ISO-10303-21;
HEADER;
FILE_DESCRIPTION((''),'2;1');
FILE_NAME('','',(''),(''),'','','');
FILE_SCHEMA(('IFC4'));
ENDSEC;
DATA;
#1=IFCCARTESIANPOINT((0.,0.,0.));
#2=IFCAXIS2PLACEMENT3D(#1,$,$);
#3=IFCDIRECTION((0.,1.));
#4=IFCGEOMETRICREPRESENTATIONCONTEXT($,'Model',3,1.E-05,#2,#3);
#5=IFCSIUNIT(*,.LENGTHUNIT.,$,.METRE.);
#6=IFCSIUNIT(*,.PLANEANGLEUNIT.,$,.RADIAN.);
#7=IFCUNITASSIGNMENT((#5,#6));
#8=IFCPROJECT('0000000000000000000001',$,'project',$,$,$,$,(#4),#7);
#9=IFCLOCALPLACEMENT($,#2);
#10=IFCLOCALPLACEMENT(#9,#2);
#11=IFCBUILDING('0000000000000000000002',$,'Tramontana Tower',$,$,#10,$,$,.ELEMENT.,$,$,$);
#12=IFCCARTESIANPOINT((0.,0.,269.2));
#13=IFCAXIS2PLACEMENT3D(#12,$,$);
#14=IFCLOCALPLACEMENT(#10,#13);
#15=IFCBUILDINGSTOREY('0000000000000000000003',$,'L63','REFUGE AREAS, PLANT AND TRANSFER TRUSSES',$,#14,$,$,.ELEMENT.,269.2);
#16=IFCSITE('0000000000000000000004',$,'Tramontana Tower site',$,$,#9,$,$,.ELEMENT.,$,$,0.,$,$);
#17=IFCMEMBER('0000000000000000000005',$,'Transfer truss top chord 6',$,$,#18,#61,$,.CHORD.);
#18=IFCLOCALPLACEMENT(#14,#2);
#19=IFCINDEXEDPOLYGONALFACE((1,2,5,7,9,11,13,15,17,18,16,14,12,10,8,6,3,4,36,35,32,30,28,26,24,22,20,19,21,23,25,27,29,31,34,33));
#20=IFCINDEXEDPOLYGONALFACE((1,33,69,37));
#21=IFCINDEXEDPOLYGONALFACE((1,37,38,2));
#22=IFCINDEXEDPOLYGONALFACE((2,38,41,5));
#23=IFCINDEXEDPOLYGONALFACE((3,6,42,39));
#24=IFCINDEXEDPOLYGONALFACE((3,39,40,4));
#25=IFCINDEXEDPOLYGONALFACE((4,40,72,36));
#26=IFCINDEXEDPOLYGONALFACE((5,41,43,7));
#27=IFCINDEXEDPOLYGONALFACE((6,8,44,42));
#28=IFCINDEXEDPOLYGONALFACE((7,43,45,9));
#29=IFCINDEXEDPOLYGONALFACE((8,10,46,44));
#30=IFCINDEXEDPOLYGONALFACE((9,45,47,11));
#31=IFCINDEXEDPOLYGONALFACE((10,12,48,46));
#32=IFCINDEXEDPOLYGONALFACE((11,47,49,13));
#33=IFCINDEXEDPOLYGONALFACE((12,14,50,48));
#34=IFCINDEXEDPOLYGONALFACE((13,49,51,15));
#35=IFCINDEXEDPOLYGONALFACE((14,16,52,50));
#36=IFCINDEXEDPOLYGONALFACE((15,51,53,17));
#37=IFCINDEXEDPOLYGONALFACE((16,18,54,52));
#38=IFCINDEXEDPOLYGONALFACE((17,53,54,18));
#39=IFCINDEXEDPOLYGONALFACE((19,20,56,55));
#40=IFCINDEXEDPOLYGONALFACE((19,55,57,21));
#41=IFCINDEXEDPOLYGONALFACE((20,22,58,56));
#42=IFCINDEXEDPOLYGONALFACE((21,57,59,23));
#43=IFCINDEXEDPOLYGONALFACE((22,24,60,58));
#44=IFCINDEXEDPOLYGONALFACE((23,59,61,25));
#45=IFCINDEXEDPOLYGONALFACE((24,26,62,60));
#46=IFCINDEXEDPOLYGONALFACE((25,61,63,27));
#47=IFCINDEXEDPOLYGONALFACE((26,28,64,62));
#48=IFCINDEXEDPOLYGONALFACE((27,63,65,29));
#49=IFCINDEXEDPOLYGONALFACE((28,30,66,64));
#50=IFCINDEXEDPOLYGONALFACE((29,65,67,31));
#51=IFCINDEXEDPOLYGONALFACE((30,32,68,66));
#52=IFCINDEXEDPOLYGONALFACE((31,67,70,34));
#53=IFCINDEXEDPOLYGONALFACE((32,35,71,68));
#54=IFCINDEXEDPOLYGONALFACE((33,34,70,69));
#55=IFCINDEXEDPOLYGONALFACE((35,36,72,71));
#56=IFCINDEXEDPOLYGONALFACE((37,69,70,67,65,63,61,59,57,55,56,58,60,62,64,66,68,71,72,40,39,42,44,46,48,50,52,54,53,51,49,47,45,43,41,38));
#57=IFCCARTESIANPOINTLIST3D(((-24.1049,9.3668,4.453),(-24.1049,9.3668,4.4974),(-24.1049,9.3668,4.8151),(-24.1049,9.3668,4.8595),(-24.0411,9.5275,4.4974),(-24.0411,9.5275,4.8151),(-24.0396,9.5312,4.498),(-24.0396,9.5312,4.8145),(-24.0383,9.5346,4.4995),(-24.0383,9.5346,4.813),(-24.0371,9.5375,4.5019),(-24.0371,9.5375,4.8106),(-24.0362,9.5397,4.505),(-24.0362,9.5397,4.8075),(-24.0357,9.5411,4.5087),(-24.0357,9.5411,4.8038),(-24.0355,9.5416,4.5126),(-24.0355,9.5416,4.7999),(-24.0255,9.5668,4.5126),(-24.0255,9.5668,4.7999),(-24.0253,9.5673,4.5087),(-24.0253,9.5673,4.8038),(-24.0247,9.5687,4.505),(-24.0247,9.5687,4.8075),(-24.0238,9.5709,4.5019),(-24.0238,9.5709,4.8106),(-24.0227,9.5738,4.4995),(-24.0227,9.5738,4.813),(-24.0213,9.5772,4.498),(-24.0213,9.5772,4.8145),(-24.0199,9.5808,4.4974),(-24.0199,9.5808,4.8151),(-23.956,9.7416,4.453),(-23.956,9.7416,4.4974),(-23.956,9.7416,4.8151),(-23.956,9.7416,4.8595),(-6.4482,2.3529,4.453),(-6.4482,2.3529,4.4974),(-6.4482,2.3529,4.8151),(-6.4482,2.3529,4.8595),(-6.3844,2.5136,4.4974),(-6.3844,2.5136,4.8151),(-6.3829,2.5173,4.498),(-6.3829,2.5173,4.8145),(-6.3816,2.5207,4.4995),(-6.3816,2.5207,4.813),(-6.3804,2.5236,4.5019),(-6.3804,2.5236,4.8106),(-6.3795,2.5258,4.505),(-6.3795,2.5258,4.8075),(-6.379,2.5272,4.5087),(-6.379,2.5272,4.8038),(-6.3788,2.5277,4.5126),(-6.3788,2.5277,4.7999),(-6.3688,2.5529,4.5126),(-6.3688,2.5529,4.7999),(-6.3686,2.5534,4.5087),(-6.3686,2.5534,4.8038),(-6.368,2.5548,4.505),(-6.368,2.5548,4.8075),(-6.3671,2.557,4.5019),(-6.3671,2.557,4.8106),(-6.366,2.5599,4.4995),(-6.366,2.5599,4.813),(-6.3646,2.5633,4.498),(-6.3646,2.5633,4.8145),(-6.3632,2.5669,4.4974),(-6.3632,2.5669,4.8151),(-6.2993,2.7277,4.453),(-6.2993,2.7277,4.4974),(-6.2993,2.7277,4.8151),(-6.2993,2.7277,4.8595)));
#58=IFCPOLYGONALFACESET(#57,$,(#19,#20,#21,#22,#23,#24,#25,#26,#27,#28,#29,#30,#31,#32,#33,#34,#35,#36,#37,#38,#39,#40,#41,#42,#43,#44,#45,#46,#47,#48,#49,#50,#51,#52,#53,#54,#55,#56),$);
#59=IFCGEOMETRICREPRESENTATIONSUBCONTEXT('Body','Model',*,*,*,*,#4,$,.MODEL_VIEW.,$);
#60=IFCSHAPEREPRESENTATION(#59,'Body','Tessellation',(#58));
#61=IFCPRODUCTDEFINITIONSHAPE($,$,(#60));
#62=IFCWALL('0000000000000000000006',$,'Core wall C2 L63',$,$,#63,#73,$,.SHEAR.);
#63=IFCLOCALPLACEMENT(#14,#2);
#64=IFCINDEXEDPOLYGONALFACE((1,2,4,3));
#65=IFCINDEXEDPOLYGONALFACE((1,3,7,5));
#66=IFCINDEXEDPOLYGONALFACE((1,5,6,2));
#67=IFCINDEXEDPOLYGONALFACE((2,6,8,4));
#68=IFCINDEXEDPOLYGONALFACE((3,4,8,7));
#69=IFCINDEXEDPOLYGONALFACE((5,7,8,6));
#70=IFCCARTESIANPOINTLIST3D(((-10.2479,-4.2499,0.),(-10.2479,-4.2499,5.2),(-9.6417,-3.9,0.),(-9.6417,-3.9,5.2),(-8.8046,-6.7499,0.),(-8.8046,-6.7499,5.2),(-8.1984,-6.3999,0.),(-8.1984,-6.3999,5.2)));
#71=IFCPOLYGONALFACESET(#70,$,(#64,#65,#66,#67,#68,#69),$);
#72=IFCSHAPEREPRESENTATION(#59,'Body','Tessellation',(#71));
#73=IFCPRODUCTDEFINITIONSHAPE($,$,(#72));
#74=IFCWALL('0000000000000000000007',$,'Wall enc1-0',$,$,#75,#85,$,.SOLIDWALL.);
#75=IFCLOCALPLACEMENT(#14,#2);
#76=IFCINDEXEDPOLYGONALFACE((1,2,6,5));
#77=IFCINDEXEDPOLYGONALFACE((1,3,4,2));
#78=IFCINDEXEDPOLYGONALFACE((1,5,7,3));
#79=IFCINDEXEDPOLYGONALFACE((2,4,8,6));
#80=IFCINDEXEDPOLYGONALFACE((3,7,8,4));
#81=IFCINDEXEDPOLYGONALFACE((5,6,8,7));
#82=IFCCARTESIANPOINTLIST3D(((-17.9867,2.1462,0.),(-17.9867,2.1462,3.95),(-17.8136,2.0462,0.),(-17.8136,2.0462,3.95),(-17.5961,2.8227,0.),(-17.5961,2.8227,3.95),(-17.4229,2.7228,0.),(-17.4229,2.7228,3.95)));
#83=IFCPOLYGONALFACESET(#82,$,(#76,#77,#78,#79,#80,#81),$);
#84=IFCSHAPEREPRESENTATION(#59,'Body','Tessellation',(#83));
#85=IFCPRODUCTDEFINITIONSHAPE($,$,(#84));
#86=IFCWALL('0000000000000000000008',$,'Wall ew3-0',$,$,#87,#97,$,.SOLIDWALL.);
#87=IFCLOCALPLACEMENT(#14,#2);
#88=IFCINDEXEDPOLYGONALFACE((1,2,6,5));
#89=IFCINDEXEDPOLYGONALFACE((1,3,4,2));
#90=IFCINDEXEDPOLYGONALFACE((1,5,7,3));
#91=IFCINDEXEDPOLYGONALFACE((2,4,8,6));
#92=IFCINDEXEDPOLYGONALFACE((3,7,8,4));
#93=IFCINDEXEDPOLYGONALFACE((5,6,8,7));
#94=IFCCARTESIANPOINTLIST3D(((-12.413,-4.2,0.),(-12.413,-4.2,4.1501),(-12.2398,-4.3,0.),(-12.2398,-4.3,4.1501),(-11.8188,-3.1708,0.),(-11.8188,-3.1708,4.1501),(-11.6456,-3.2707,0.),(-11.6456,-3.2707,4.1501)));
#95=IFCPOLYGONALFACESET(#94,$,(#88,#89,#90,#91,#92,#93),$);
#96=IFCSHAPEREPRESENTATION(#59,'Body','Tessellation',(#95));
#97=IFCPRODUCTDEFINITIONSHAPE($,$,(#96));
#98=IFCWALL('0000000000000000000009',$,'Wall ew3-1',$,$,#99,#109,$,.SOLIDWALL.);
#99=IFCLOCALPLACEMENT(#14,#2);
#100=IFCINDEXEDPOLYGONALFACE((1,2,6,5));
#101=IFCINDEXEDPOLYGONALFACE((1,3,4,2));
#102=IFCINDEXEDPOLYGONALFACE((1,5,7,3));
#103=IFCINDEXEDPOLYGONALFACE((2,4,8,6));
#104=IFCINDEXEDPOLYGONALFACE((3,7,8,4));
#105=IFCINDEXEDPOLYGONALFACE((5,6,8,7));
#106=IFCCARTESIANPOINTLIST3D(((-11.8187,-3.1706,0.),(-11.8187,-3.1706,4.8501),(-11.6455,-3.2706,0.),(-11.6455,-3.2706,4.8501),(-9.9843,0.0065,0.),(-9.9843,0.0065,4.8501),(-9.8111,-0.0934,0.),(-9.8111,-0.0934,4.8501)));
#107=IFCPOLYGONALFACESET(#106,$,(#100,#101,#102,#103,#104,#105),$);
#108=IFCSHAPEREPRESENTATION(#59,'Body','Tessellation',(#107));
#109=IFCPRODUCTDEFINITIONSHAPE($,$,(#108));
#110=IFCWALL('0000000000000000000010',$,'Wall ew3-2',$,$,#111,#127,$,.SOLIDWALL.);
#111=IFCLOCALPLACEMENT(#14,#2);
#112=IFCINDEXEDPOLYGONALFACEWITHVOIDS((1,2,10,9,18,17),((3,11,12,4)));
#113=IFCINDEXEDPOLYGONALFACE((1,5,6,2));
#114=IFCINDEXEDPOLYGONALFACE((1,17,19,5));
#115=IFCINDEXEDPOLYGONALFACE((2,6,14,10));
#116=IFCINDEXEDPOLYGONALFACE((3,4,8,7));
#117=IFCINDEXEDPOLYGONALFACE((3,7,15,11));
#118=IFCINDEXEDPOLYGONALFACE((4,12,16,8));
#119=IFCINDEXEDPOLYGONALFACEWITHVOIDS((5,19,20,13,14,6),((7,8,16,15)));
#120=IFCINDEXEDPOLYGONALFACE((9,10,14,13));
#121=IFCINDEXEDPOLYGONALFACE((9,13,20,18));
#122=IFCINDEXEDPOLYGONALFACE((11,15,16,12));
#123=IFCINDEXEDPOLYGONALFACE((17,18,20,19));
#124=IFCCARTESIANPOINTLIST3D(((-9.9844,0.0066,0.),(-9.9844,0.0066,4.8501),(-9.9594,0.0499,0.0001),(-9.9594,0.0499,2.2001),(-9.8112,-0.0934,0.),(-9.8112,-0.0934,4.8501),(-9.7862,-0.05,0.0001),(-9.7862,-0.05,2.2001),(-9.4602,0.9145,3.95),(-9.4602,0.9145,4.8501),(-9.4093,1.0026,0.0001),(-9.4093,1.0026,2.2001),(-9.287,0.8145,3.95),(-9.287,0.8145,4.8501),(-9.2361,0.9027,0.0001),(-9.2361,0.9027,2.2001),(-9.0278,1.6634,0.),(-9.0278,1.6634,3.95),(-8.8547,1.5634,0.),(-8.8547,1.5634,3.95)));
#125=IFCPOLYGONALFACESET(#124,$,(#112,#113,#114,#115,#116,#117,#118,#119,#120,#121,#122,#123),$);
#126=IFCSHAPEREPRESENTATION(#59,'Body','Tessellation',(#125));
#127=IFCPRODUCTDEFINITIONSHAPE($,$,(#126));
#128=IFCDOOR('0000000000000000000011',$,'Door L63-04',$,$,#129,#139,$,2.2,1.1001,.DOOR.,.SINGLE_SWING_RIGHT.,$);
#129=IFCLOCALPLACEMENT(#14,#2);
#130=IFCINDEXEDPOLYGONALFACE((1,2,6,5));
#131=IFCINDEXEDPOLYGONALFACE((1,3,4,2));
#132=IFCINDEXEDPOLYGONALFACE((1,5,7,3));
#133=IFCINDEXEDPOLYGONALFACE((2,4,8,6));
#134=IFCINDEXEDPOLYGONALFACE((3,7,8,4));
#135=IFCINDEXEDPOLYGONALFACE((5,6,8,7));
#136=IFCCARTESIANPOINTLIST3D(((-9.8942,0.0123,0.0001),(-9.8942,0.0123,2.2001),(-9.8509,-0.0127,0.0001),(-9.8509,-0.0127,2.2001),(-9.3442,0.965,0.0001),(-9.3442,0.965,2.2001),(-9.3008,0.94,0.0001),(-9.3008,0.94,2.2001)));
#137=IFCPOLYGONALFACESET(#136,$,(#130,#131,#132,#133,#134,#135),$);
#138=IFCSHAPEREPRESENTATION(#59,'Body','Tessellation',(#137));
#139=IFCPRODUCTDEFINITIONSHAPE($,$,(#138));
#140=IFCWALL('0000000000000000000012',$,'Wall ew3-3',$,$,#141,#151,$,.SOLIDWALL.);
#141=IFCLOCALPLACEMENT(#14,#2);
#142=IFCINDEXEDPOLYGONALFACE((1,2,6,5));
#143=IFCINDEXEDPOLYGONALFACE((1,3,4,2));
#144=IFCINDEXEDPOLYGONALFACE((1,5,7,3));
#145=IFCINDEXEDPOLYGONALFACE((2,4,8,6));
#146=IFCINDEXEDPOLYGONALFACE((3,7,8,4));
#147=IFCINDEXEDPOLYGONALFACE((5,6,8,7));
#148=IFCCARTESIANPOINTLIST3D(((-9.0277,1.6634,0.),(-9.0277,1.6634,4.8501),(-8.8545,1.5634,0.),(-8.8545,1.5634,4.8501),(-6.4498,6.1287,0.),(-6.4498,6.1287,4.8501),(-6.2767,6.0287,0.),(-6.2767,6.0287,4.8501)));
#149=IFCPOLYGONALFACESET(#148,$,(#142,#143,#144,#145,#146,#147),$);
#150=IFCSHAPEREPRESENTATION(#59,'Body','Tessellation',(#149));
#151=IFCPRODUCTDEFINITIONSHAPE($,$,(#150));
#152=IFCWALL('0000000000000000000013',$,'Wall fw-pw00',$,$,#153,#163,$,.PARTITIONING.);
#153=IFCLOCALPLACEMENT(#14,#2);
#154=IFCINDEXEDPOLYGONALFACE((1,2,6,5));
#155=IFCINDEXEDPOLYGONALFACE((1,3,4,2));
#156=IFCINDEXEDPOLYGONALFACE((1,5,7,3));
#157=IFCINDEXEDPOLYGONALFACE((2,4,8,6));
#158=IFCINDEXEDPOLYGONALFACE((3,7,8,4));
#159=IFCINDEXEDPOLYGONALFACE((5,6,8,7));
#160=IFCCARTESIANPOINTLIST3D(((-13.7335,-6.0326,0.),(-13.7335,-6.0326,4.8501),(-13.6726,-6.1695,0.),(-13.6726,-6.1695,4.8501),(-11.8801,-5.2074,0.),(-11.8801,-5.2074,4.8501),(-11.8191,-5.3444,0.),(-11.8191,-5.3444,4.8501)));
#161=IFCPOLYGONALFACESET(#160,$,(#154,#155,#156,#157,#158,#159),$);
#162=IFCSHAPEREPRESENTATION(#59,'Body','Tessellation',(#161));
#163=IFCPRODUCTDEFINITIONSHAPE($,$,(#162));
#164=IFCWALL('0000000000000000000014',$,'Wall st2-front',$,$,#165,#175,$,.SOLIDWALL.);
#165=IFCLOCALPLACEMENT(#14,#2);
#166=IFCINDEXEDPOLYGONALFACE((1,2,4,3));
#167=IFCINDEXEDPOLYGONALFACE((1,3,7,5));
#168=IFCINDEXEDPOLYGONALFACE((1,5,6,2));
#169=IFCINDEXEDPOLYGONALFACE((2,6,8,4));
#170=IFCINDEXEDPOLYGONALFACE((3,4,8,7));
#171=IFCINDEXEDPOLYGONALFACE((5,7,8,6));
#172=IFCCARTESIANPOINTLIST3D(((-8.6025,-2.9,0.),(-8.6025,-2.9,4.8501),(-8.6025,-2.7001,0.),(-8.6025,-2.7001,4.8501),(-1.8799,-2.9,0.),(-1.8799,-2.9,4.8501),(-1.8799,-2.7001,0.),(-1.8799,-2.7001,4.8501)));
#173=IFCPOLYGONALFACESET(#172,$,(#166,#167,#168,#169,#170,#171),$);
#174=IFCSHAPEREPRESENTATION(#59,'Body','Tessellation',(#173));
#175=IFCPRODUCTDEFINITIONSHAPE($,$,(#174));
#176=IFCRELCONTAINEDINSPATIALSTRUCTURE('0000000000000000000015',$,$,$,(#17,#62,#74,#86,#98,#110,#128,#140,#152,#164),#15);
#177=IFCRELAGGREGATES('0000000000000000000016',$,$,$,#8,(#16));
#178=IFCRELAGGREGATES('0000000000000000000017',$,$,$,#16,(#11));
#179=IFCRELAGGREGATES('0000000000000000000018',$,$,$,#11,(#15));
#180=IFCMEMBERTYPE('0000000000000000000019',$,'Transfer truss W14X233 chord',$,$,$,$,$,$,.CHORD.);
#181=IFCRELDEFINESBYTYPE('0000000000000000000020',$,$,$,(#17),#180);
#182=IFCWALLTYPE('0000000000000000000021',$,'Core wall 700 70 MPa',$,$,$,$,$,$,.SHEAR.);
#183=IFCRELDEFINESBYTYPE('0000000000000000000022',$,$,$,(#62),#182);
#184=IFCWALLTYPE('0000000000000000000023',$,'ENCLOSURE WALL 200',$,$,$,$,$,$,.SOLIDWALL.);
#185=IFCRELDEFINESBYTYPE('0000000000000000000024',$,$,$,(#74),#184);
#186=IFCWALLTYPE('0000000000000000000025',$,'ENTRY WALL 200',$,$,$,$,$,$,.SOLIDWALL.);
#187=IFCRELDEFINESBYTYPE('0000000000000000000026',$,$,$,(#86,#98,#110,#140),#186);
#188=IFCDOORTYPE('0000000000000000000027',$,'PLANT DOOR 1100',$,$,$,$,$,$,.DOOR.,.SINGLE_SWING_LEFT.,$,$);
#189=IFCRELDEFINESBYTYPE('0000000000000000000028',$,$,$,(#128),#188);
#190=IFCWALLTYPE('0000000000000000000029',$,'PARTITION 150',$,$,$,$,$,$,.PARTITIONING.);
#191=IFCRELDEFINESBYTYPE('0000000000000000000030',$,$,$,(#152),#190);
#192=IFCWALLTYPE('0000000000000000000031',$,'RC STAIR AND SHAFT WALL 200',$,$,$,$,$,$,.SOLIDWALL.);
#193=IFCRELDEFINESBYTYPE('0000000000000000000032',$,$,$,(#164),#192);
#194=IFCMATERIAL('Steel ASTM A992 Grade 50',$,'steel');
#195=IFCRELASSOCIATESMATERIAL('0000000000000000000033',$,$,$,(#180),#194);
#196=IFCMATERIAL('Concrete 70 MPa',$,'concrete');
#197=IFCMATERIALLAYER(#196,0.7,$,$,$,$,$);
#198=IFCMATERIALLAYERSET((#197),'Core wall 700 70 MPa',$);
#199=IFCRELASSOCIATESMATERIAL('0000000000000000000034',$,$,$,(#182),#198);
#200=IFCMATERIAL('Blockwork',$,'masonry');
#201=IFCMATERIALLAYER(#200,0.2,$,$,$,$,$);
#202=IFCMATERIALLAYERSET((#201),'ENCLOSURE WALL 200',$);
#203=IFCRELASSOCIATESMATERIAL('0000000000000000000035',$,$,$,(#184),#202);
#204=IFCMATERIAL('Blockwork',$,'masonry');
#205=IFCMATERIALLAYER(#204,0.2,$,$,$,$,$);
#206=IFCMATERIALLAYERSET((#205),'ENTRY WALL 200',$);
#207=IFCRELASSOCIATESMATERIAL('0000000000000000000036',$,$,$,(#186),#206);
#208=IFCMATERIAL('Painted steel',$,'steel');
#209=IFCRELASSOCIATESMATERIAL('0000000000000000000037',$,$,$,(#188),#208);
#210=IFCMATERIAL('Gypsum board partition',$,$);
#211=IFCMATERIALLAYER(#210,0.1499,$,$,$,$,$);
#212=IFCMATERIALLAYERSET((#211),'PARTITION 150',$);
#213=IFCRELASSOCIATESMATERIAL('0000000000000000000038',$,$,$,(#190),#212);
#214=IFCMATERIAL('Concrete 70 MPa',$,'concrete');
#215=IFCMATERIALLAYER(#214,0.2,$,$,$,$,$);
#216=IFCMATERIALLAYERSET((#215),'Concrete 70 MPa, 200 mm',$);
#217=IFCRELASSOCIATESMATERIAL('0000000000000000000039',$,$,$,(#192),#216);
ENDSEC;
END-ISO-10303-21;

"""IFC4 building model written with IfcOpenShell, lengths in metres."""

from ifc_helpers import new_model, si_unit, direction, frame, frame_2d, origin, origin_2d, place, context, subcontext, project, spatial, polyline, rectangle, i_section, outline, extrude, material, layer, layer_set, material_profile, profile_set, type_object, element, fill, save


model = new_model("IFC4")

# Units and contexts
model_context = context("Model", 3, precision=1e-05, world=origin(), true_north=direction((0.0, 1.0)))
body_context = subcontext(model_context, "Body", "Model", "MODEL_VIEW")
ifc_project = project(units=[si_unit("LENGTHUNIT", "METRE"), si_unit("PLANEANGLEUNIT", "RADIAN")], contexts=[model_context])

# Site, building, storey
site_placement = place(None, origin())
site = spatial("IfcSite", under=ifc_project, at=site_placement, Name="Tramontana Tower site", CompositionType="ELEMENT", RefElevation=0.0)
building_placement = place(site_placement, origin())
building = spatial("IfcBuilding", under=site, at=building_placement, Name="Tramontana Tower", CompositionType="ELEMENT")
storey_placement = place(building_placement, frame((0.0, 0.0, 269.2)))
storey = spatial("IfcBuildingStorey", under=building, at=storey_placement, Name="L63", Description="REFUGE AREAS, PLANT AND TRANSFER TRUSSES", CompositionType="ELEMENT", Elevation=269.2)

# Member
ifc_material_1 = material(Name="Steel ASTM A992 Grade 50", Category="steel")
ifc_material_profile_1 = material_profile(ifc_material_1, i_section(OverallWidth=0.4033, OverallDepth=0.4065, WebThickness=0.0271, FlangeThickness=0.0444, FilletRadius=0.0151, at=origin_2d()), Name="W14X233")
ifc_profile_set_1 = profile_set([ifc_material_profile_1], Name="Steel ASTM A992 Grade 50")
member_type_1 = type_object("IfcMemberType", Name="Transfer truss W14X233 chord", PredefinedType="CHORD", material=ifc_profile_set_1)
for number, where, z_axis, x_axis, name in (
    (1, (-6.3738, 2.5403, 4.6562), (-0.929359, 0.369176, 0.0), (-0.369176, -0.929359, 0.0), "Transfer truss top chord 6"),
):
    element("IfcMember", number, at=place(storey_placement, frame(where, z_axis=z_axis, x_axis=x_axis)), inside=storey, type_object=member_type_1, Name=name, PredefinedType="CHORD", context=body_context, shape_type="SweptSolid", body=[
        extrude(i_section(OverallWidth=0.4033, OverallDepth=0.4065, WebThickness=0.0271, FlangeThickness=0.0444, FilletRadius=0.0151, at=origin_2d()), origin(), (0.0, 0.0, 1.0), 18.9988),
    ])

# Walls
ifc_material_2 = material(Name="Concrete 70 MPa", Category="concrete")
ifc_layer_1 = layer(ifc_material_2, 0.7)
ifc_layer_set_1 = layer_set([ifc_layer_1], Name="Core wall 700 70 MPa")
wall_type_1 = type_object("IfcWallType", Name="Core wall 700 70 MPa", PredefinedType="SHEAR", material=ifc_layer_set_1)
wall_1_placement = place(storey_placement, frame((-9.9448, -4.075, 0.0), z_axis=(0.0, 0.0, 1.0), x_axis=(0.499996, -0.866028, 0.0)))
element("IfcWall", 2, at=wall_1_placement, inside=storey, type_object=wall_type_1, Name="Core wall C2 L63", PredefinedType="SHEAR", context=body_context, shape_type="SweptSolid", body=[
    extrude(rectangle(XDim=2.8867, YDim=0.7, at=frame_2d((1.4434, 0.0))), origin(), (0.0, 0.0, 1.0), 5.2),
])
ifc_material_3 = material(Name="Blockwork", Category="masonry")
ifc_layer_2 = layer(ifc_material_3, 0.2)
ifc_layer_set_2 = layer_set([ifc_layer_2], Name="ENCLOSURE WALL 200")
wall_type_2 = type_object("IfcWallType", Name="ENCLOSURE WALL 200", PredefinedType="SOLIDWALL", material=ifc_layer_set_2)
wall_2_placement = place(storey_placement, frame((-17.9001, 2.0962, 0.0), z_axis=(0.0, 0.0, 1.0), x_axis=(0.500038, 0.866003, 0.0)))
element("IfcWall", 3, at=wall_2_placement, inside=storey, type_object=wall_type_2, Name="Wall enc1-0", PredefinedType="SOLIDWALL", context=body_context, shape_type="SweptSolid", body=[
    extrude(rectangle(XDim=0.7812, YDim=0.2, at=frame_2d((0.3906, 0.0))), origin(), (0.0, 0.0, 1.0), 3.95),
])
ifc_material_4 = material(Name="Blockwork", Category="masonry")
ifc_layer_3 = layer(ifc_material_4, 0.2)
ifc_layer_set_3 = layer_set([ifc_layer_3], Name="ENTRY WALL 200")
wall_type_3 = type_object("IfcWallType", Name="ENTRY WALL 200", PredefinedType="SOLIDWALL", material=ifc_layer_set_3)
wall_3_placement = place(storey_placement, frame((-12.3264, -4.25, 0.0), z_axis=(0.0, 0.0, 1.0), x_axis=(0.499983, 0.866035, 0.0)))
element("IfcWall", 4, at=wall_3_placement, inside=storey, type_object=wall_type_3, Name="Wall ew3-0", PredefinedType="SOLIDWALL", context=body_context, shape_type="SweptSolid", body=[
    extrude(rectangle(XDim=1.1885, YDim=0.2, at=frame_2d((0.5942, 0.0))), origin(), (0.0, 0.0, 1.0), 4.1501),
])
wall_4_placement = place(storey_placement, frame((-11.7322, -3.2207, 0.0), z_axis=(0.0, 0.0, 1.0), x_axis=(0.500018, 0.866015, 0.0)))
element("IfcWall", 5, at=wall_4_placement, inside=storey, type_object=wall_type_3, Name="Wall ew3-1", PredefinedType="SOLIDWALL", context=body_context, shape_type="SweptSolid", body=[
    extrude(rectangle(XDim=3.6687, YDim=0.2, at=frame_2d((1.8345, 0.0))), origin(), (0.0, 0.0, 1.0), 4.8501),
])

# Wall, opening, door
wall_5_placement = place(storey_placement, frame((-9.8977, -0.0435, 0.0), z_axis=(0.0, 0.0, 1.0), x_axis=(0.50001, 0.86602, 0.0)))
wall_5 = element("IfcWall", 6, at=wall_5_placement, inside=storey, type_object=wall_type_3, Name="Wall ew3-2", PredefinedType="SOLIDWALL", context=body_context, shape_type="SweptSolid", body=[
    extrude(outline(polyline([(0.0, 0.0), (1.9131, 0.0), (1.9131, 3.95), (1.0483, 3.95), (1.0483, 4.8501), (0.0, 4.8501), (0.0, 0.0)])), frame((0.0, 0.1001, 0.0), z_axis=(0.0, -1.0, 0.0), x_axis=(1.0, 0.0, 0.0)), (0.0, 0.0, 1.0), 0.2),
])
opening_placement = place(wall_5_placement, frame((0.05, 0.0, 0.0)))
opening = element("IfcOpeningElement", 7, at=opening_placement, cuts=wall_5, PredefinedType="OPENING", context=body_context, shape_type="SweptSolid", body=[
    extrude(rectangle(XDim=1.1001, YDim=2.2, at=frame_2d((0.55, 1.1001))), frame((0.0, 0.1099, 0.0), z_axis=(0.0, -1.0, 0.0), x_axis=(1.0, 0.0, 0.0)), (0.0, 0.0, 1.0), 0.22),
])
ifc_material_5 = material(Name="Painted steel", Category="steel")
door_type = type_object("IfcDoorType", Name="PLANT DOOR 1100", OperationType="SINGLE_SWING_LEFT", PredefinedType="DOOR", material=ifc_material_5)
door_placement = place(opening_placement, origin())
door = element("IfcDoor", 8, at=door_placement, inside=storey, type_object=door_type, Name="Door L63-04", OperationType="SINGLE_SWING_RIGHT", OverallHeight=2.2, OverallWidth=1.1001, PredefinedType="DOOR", context=body_context, shape_type="SweptSolid", body=[
    extrude(rectangle(XDim=1.1001, YDim=2.2, at=frame_2d((0.55, 1.1001))), frame((0.0, 0.0249, 0.0), z_axis=(0.0, -1.0, 0.0), x_axis=(1.0, 0.0, 0.0)), (0.0, 0.0, 1.0), 0.05),
])
fill(opening, door)

# Walls
wall_6_placement = place(storey_placement, frame((-8.9412, 1.6133, 0.0), z_axis=(0.0, 0.0, 1.0), x_axis=(0.499974, 0.866041, 0.0)))
element("IfcWall", 9, at=wall_6_placement, inside=storey, type_object=wall_type_3, Name="Wall ew3-3", PredefinedType="SOLIDWALL", context=body_context, shape_type="SweptSolid", body=[
    extrude(rectangle(XDim=5.156, YDim=0.2, at=frame_2d((2.5781, 0.0))), origin(), (0.0, 0.0, 1.0), 4.8501),
])
ifc_material_6 = material(Name="Gypsum board partition")
ifc_layer_4 = layer(ifc_material_6, 0.1499)
ifc_layer_set_4 = layer_set([ifc_layer_4], Name="PARTITION 150")
wall_type_4 = type_object("IfcWallType", Name="PARTITION 150", PredefinedType="PARTITIONING", material=ifc_layer_set_4)
wall_7_placement = place(storey_placement, frame((-11.8496, -5.2759, 0.0), z_axis=(0.0, 0.0, 1.0), x_axis=(-0.913553, -0.406719, 0.0)))
element("IfcWall", 10, at=wall_7_placement, inside=storey, type_object=wall_type_4, Name="Wall fw-pw00", PredefinedType="PARTITIONING", context=body_context, shape_type="SweptSolid", body=[
    extrude(rectangle(XDim=2.0288, YDim=0.1499, at=frame_2d((1.0144, 0.0))), origin(), (0.0, 0.0, 1.0), 4.8501),
])
ifc_material_7 = material(Name="Concrete 70 MPa", Category="concrete")
ifc_layer_5 = layer(ifc_material_7, 0.2)
ifc_layer_set_5 = layer_set([ifc_layer_5], Name="Concrete 70 MPa, 200 mm")
wall_type_5 = type_object("IfcWallType", Name="RC STAIR AND SHAFT WALL 200", PredefinedType="SOLIDWALL", material=ifc_layer_set_5)
wall_8_placement = place(storey_placement, frame((-8.6025, -2.8, 0.0), z_axis=(0.0, 0.0, 1.0), x_axis=(1.0, 0.0, 0.0)))
element("IfcWall", 11, at=wall_8_placement, inside=storey, type_object=wall_type_5, Name="Wall st2-front", PredefinedType="SOLIDWALL", context=body_context, shape_type="SweptSolid", body=[
    extrude(rectangle(XDim=6.7227, YDim=0.2, at=frame_2d((3.3613, 0.0))), origin(), (0.0, 0.0, 1.0), 4.8501),
])

save(model, "model.ifc")
